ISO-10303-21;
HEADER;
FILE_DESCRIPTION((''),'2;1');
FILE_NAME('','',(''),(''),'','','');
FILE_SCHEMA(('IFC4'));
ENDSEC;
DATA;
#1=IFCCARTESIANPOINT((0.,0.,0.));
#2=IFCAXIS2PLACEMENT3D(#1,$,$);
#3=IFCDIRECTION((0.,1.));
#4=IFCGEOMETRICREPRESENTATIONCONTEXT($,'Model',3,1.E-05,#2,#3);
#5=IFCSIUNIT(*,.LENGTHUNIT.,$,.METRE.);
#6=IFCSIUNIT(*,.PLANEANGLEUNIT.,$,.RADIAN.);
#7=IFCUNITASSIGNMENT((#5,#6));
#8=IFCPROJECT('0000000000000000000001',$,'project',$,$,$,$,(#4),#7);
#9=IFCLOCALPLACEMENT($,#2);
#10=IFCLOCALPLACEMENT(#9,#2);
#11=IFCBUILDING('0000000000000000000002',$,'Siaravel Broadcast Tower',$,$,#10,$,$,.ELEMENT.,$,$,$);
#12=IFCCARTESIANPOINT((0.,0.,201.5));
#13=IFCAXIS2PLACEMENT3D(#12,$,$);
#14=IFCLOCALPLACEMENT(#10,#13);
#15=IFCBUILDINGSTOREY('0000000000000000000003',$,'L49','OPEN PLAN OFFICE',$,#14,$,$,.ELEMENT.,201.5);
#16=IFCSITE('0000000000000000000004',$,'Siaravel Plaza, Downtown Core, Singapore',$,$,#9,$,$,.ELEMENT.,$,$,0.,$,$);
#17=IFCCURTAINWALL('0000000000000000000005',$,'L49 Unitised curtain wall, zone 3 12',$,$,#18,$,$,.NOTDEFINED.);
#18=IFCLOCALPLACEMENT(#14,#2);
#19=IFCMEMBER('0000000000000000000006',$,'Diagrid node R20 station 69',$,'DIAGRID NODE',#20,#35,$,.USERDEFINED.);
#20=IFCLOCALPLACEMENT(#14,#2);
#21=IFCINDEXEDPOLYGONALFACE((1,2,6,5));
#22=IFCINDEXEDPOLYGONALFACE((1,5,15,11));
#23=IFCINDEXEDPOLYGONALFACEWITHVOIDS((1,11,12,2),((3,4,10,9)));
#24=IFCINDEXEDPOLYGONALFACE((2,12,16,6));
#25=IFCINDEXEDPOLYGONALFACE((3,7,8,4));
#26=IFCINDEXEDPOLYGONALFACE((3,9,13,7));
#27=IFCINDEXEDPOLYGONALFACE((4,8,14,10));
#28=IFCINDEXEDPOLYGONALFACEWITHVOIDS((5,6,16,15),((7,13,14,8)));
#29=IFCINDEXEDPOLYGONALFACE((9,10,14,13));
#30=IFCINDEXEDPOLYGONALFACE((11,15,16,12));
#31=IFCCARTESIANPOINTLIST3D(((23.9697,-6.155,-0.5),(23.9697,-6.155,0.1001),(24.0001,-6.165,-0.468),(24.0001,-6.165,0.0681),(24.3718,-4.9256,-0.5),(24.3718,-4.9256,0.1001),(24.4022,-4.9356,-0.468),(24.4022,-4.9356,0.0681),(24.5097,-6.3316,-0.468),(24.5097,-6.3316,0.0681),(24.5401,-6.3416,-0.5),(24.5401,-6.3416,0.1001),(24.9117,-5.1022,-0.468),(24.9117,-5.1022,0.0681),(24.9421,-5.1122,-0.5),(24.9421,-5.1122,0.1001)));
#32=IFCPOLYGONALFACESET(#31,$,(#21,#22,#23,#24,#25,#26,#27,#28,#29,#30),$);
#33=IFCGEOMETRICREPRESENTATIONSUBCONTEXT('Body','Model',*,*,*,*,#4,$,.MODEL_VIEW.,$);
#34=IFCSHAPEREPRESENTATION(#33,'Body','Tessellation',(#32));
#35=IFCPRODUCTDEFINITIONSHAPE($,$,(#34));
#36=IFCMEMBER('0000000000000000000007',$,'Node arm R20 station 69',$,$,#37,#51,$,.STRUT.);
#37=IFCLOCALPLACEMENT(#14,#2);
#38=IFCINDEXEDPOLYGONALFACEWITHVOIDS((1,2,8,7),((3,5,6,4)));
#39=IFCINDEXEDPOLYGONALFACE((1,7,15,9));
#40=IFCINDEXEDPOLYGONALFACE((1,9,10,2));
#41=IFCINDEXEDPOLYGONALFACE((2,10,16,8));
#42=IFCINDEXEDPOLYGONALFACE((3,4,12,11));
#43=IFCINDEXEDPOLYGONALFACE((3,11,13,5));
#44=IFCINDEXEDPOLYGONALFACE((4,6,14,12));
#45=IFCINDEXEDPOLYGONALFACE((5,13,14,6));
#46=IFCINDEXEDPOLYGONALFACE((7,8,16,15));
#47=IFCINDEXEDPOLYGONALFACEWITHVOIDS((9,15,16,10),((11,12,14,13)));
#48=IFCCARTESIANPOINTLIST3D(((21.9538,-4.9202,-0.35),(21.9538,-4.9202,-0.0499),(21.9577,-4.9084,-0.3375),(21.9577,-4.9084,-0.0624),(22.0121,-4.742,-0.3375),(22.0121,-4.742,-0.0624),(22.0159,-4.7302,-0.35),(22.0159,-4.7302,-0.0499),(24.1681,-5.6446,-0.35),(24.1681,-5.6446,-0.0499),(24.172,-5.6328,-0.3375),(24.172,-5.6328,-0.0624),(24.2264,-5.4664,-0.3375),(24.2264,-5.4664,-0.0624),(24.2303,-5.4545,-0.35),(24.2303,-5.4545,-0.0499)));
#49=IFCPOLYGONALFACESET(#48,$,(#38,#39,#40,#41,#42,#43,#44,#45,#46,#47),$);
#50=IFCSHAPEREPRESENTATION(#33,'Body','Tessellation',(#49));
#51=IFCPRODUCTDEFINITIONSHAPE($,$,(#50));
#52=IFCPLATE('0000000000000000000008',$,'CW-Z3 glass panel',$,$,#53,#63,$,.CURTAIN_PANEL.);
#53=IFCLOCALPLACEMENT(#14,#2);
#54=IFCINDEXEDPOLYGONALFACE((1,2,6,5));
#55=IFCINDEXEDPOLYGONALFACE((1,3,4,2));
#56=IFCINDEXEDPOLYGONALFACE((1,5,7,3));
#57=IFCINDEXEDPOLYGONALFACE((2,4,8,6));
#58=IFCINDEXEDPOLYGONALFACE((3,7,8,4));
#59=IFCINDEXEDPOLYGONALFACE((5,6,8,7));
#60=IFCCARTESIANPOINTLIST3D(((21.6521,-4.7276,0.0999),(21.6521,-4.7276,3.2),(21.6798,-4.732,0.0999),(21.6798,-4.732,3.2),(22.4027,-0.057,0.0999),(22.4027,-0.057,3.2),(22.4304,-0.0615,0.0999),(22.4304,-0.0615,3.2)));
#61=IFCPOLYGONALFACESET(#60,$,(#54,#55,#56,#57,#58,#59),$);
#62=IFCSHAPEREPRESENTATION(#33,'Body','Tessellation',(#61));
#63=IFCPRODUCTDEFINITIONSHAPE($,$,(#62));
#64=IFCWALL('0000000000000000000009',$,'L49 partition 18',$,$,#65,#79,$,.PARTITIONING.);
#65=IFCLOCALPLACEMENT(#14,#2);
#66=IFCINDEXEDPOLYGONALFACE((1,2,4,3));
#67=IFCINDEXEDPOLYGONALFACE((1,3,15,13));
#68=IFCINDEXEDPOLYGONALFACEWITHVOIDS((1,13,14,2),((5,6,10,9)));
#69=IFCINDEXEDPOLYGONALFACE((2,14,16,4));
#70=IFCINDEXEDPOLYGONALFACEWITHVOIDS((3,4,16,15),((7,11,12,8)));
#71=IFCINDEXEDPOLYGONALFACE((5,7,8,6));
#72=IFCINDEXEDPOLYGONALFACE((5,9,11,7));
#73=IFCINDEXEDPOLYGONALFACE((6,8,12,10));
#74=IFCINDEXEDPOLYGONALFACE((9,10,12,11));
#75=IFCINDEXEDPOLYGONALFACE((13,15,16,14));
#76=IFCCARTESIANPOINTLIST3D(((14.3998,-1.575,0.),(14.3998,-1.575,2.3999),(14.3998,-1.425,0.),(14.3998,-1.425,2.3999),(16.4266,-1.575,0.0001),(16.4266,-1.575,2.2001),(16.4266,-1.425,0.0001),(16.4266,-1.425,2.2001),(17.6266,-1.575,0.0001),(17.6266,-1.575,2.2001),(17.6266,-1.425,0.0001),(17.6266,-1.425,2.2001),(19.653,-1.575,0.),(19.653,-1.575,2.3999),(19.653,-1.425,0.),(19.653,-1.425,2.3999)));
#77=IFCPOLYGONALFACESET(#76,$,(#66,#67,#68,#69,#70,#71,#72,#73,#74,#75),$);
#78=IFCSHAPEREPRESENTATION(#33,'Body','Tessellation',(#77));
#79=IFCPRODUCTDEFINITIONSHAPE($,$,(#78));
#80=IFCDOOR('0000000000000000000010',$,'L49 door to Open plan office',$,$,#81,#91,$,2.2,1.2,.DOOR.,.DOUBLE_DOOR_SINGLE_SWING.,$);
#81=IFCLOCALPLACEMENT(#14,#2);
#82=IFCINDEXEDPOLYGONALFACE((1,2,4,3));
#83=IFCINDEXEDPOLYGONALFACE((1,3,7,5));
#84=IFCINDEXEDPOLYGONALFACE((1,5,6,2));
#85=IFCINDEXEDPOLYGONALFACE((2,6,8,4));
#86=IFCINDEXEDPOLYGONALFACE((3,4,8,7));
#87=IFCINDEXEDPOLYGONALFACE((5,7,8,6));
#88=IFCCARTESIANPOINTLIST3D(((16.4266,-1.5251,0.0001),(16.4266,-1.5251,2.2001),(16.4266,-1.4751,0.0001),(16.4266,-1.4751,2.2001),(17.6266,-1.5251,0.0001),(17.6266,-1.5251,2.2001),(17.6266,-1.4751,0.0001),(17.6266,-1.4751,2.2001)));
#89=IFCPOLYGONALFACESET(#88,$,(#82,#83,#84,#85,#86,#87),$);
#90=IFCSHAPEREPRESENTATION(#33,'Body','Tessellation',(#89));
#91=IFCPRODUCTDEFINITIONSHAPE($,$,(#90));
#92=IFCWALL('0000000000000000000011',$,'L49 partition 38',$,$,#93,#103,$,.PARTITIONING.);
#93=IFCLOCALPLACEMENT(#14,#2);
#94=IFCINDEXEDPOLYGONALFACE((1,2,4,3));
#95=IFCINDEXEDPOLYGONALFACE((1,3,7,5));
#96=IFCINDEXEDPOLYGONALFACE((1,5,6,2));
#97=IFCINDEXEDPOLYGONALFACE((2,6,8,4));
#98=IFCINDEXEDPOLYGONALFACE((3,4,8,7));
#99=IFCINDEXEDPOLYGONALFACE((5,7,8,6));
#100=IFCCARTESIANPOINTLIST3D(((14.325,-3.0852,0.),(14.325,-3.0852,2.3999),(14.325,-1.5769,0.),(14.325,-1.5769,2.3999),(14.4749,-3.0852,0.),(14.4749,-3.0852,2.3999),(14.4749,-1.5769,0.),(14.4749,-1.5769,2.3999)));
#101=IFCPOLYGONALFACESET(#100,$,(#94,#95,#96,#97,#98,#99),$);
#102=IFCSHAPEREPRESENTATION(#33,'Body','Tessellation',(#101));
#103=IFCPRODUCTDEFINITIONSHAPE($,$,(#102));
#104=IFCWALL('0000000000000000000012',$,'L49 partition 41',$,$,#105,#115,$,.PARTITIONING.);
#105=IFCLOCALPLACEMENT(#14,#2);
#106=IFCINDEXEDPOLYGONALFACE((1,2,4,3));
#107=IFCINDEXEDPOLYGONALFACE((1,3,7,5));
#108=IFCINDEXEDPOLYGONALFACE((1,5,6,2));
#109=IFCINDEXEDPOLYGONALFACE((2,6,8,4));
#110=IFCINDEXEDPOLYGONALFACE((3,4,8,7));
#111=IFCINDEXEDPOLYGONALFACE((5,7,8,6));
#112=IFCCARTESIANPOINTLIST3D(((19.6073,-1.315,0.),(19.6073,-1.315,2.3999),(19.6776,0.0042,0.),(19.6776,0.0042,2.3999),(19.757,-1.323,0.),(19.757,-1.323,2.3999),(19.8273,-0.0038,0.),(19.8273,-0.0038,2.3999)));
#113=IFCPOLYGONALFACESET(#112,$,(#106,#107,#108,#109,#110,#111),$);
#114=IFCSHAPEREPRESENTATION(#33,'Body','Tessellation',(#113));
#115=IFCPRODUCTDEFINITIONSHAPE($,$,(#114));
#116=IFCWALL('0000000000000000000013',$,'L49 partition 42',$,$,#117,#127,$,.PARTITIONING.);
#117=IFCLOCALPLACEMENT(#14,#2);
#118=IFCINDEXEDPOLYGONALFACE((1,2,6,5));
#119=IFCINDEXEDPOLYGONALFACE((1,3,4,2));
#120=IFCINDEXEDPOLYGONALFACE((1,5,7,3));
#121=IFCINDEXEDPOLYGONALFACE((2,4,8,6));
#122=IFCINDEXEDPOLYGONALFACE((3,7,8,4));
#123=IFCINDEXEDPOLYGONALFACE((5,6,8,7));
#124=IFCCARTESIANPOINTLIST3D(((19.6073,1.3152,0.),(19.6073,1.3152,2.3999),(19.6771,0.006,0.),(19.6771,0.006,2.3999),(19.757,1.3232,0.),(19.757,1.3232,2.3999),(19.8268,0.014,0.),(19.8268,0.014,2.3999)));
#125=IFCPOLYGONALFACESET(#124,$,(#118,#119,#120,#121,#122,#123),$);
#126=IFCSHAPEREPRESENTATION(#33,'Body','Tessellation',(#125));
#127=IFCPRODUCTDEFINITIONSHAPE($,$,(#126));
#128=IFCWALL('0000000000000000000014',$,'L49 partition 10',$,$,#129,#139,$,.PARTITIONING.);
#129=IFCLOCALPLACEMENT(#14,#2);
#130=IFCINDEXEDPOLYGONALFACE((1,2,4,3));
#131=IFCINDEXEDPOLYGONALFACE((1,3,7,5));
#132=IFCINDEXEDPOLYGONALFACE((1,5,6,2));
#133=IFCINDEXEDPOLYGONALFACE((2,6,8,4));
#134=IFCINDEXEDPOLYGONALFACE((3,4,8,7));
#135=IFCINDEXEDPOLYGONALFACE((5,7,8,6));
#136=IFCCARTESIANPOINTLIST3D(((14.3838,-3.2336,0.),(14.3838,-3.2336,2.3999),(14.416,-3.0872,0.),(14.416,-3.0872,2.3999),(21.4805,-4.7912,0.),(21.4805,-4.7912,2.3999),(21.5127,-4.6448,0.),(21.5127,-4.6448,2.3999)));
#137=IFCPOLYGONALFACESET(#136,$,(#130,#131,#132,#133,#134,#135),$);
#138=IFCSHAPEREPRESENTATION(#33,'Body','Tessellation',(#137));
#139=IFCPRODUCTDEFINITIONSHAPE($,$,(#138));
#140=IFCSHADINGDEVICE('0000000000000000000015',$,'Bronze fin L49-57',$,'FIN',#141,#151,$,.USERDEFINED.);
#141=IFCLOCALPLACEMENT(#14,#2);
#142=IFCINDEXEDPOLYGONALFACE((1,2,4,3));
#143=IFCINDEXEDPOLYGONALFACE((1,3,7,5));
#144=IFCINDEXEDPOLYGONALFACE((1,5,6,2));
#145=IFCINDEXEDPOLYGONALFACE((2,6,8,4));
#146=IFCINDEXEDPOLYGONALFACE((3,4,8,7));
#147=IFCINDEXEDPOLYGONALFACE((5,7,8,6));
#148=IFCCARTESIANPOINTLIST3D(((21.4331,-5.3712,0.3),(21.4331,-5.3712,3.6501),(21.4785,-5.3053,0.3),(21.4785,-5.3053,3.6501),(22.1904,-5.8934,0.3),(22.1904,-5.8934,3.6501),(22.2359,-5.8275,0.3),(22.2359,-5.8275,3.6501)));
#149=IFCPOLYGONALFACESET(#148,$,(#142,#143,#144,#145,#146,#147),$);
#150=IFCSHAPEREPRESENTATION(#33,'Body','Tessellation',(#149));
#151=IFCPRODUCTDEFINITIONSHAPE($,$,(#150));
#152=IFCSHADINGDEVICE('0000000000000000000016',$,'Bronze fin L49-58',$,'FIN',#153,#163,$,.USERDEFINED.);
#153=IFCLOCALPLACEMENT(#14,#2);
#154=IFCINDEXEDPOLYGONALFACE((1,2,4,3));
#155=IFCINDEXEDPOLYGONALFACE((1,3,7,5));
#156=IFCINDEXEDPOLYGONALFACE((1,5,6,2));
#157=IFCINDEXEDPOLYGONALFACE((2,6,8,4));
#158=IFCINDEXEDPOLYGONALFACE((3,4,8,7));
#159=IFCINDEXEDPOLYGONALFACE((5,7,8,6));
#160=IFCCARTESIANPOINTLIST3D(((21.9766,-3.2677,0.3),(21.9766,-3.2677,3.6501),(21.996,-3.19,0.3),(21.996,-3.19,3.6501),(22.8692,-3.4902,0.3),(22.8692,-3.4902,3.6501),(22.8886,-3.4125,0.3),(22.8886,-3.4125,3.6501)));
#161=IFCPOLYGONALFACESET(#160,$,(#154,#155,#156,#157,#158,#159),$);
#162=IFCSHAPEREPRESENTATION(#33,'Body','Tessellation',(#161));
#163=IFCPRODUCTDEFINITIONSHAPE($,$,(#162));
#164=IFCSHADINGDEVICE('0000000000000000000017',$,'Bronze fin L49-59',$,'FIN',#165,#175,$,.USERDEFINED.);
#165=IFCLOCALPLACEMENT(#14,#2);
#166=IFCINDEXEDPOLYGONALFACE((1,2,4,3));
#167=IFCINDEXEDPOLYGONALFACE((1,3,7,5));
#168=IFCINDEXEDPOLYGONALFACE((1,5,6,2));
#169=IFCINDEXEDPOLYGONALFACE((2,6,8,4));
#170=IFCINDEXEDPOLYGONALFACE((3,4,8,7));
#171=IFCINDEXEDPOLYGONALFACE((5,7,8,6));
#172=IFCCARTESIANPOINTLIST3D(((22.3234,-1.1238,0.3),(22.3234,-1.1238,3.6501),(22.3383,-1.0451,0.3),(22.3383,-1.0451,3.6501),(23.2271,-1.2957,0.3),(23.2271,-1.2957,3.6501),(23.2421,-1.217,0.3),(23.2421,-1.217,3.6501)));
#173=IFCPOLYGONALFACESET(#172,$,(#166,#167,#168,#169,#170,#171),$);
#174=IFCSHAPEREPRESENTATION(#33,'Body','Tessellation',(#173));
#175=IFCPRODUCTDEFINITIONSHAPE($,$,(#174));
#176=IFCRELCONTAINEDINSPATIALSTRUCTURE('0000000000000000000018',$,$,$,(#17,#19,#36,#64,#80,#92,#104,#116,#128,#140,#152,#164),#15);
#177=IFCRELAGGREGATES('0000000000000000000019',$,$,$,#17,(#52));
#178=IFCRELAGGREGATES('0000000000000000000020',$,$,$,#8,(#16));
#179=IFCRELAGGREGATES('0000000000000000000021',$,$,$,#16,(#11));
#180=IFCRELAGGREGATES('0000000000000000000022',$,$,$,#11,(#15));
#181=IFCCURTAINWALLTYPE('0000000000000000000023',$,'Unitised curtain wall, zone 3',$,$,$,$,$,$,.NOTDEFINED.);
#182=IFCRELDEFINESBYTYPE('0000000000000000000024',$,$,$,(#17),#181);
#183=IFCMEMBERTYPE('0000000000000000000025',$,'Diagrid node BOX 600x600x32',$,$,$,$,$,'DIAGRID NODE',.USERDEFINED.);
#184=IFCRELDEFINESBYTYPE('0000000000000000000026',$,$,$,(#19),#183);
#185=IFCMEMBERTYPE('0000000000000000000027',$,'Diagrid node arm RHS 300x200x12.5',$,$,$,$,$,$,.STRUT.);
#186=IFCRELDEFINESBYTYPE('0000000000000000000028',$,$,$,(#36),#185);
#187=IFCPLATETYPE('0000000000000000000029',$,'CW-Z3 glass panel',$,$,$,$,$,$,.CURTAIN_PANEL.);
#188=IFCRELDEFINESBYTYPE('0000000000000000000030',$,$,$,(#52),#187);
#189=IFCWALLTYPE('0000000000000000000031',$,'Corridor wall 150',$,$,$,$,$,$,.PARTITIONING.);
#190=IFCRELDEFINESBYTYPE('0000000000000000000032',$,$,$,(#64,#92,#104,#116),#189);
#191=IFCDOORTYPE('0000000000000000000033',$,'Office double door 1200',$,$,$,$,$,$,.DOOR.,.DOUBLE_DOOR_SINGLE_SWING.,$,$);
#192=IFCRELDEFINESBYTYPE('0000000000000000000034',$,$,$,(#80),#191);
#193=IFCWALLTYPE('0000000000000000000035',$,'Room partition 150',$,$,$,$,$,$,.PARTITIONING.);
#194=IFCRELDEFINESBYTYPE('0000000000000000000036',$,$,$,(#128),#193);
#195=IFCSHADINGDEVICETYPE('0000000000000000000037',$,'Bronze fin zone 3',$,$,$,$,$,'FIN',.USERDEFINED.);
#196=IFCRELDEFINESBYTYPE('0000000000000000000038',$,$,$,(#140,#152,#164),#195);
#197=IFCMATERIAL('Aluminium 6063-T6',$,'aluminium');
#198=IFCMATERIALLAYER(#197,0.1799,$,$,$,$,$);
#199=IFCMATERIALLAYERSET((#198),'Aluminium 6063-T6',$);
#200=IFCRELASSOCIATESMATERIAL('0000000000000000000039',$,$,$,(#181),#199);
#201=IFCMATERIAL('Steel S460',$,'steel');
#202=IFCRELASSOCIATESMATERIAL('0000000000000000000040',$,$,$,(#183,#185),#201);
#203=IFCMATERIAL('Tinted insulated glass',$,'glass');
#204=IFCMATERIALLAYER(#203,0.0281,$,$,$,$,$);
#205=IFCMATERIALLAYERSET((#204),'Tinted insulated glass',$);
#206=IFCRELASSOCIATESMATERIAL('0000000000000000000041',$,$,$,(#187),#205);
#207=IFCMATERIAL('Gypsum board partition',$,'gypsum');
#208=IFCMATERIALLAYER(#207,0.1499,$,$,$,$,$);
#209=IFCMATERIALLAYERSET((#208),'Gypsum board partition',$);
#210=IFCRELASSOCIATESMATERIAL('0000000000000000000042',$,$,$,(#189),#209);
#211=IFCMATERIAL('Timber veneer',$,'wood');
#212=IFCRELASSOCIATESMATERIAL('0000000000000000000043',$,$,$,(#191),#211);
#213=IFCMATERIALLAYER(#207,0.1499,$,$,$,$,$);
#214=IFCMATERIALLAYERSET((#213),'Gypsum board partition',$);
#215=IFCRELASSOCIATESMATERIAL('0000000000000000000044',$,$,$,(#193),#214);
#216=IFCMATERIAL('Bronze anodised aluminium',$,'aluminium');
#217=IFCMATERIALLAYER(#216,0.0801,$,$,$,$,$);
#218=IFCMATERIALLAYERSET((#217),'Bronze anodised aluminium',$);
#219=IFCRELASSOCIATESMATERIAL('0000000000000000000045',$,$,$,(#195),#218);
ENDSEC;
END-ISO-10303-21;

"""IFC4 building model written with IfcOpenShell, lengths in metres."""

from ifc_helpers import new_model, si_unit, direction, frame, frame_2d, origin, origin_2d, place, context, subcontext, project, spatial, rectangle, hollow_rectangle, extrude, material, layer, layer_set, material_profile, profile_set, type_object, element, fill, aggregate, save


model = new_model("IFC4")

# Units and contexts
model_context = context("Model", 3, precision=1e-05, world=origin(), true_north=direction((0.0, 1.0)))
body_context = subcontext(model_context, "Body", "Model", "MODEL_VIEW")
ifc_project = project(units=[si_unit("LENGTHUNIT", "METRE"), si_unit("PLANEANGLEUNIT", "RADIAN")], contexts=[model_context])

# Site, building, storey
site_placement = place(None, origin())
site = spatial("IfcSite", under=ifc_project, at=site_placement, Name="Siaravel Plaza, Downtown Core, Singapore", CompositionType="ELEMENT", RefElevation=0.0)
building_placement = place(site_placement, origin())
building = spatial("IfcBuilding", under=site, at=building_placement, Name="Siaravel Broadcast Tower", CompositionType="ELEMENT")
storey_placement = place(building_placement, frame((0.0, 0.0, 201.5)))
storey = spatial("IfcBuildingStorey", under=building, at=storey_placement, Name="L49", Description="OPEN PLAN OFFICE", CompositionType="ELEMENT", Elevation=201.5)

# Shared definitions
ifc_material_1 = material(Name="Aluminium 6063-T6", Category="aluminium")
ifc_layer_1 = layer(ifc_material_1, 0.1799)
ifc_layer_set_1 = layer_set([ifc_layer_1], Name="Aluminium 6063-T6")
curtain_wall_type = type_object("IfcCurtainWallType", Name="Unitised curtain wall, zone 3", PredefinedType="NOTDEFINED", material=ifc_layer_set_1)

# Curtain wall
curtain_wall_1_placement = place(storey_placement, origin())
curtain_wall_1 = element("IfcCurtainWall", 1, at=curtain_wall_1_placement, inside=storey, type_object=curtain_wall_type, Name="L49 Unitised curtain wall, zone 3 12", PredefinedType="NOTDEFINED")

# Members
ifc_material_2 = material(Name="Steel S460", Category="steel")
ifc_material_profile_1 = material_profile(ifc_material_2, hollow_rectangle(XDim=0.6001, YDim=0.6001, WallThickness=0.032, at=origin_2d()))
ifc_profile_set_1 = profile_set([ifc_material_profile_1], Name="Steel S460")
member_type_1 = type_object("IfcMemberType", Name="Diagrid node BOX 600x600x32", ElementType="DIAGRID NODE", PredefinedType="USERDEFINED", material=ifc_profile_set_1)
member_1_placement = place(storey_placement, frame((24.2549, -6.2483, -0.2), z_axis=(0.310844, 0.950461, 0.0), x_axis=(-0.950461, 0.310844, 0.0)))
element("IfcMember", 2, at=member_1_placement, inside=storey, type_object=member_type_1, Name="Diagrid node R20 station 69", ObjectType="DIAGRID NODE", PredefinedType="USERDEFINED", context=body_context, shape_type="SweptSolid", body=[
    extrude(hollow_rectangle(XDim=0.6001, YDim=0.6001, WallThickness=0.032, at=origin_2d()), origin(), (0.0, 0.0, 1.0), 1.2935),
])
ifc_material_profile_2 = material_profile(ifc_material_2, hollow_rectangle(XDim=0.2, YDim=0.3, WallThickness=0.0125, at=origin_2d()))
ifc_profile_set_2 = profile_set([ifc_material_profile_2], Name="Steel S460")
member_type_2 = type_object("IfcMemberType", Name="Diagrid node arm RHS 300x200x12.5", PredefinedType="STRUT", material=ifc_profile_set_2)
member_2_placement = place(storey_placement, frame((21.9849, -4.8252, -0.2), z_axis=(0.950439, -0.31091, 0.0), x_axis=(0.31091, 0.950439, 0.0)))
element("IfcMember", 3, at=member_2_placement, inside=storey, type_object=member_type_2, Name="Node arm R20 station 69", PredefinedType="STRUT", context=body_context, shape_type="SweptSolid", body=[
    extrude(hollow_rectangle(XDim=0.2, YDim=0.3, WallThickness=0.0125, at=origin_2d()), origin(), (0.0, 0.0, 1.0), 2.3298),
])

# Plate
ifc_material_3 = material(Name="Tinted insulated glass", Category="glass")
ifc_layer_2 = layer(ifc_material_3, 0.0281)
ifc_layer_set_2 = layer_set([ifc_layer_2], Name="Tinted insulated glass")
plate_type = type_object("IfcPlateType", Name="CW-Z3 glass panel", PredefinedType="CURTAIN_PANEL", material=ifc_layer_set_2)
plate_placement = place(storey_placement, frame((22.0413, -2.3945, 0.0999), z_axis=(0.0, 0.0, 1.0), x_axis=(0.158685, 0.987329, 0.0)))
plate = element("IfcPlate", 4, at=plate_placement, type_object=plate_type, Name="CW-Z3 glass panel", PredefinedType="CURTAIN_PANEL", context=body_context, shape_type="SweptSolid", body=[
    extrude(rectangle(XDim=4.7305, YDim=0.0281, at=origin_2d()), origin(), (0.0, 0.0, 1.0), 3.1001),
])
aggregate(curtain_wall_1, [plate])

# Wall, opening, door
ifc_material_4 = material(Name="Gypsum board partition", Category="gypsum")
ifc_layer_3 = layer(ifc_material_4, 0.1499)
ifc_layer_set_3 = layer_set([ifc_layer_3], Name="Gypsum board partition")
wall_type_1 = type_object("IfcWallType", Name="Corridor wall 150", PredefinedType="PARTITIONING", material=ifc_layer_set_3)
wall_1_placement = place(storey_placement, frame((14.3999, -1.5, 0.0), z_axis=(0.0, 0.0, 1.0), x_axis=(1.0, 0.0, 0.0)))
wall_1 = element("IfcWall", 5, at=wall_1_placement, inside=storey, type_object=wall_type_1, Name="L49 partition 18", PredefinedType="PARTITIONING", context=body_context, shape_type="SweptSolid", body=[
    extrude(rectangle(XDim=5.2532, YDim=0.1499, at=frame_2d((2.6265, 0.0))), origin(), (0.0, 0.0, 1.0), 2.3999),
])
opening_placement = place(wall_1_placement, frame((2.0266, 0.0, 0.0)))
opening = element("IfcOpeningElement", 6, at=opening_placement, cuts=wall_1, PredefinedType="OPENING", context=body_context, shape_type="SweptSolid", body=[
    extrude(rectangle(XDim=1.2, YDim=2.2, at=frame_2d((0.6001, 1.1001))), frame((0.0, 0.085, 0.0), z_axis=(0.0, -1.0, 0.0), x_axis=(1.0, 0.0, 0.0)), (0.0, 0.0, 1.0), 0.1699),
])
ifc_material_5 = material(Name="Timber veneer", Category="wood")
door_type = type_object("IfcDoorType", Name="Office double door 1200", OperationType="DOUBLE_DOOR_SINGLE_SWING", PredefinedType="DOOR", material=ifc_material_5)
door_placement = place(opening_placement, origin())
door = element("IfcDoor", 7, at=door_placement, inside=storey, type_object=door_type, Name="L49 door to Open plan office", OperationType="DOUBLE_DOOR_SINGLE_SWING", OverallHeight=2.2, OverallWidth=1.2, PredefinedType="DOOR", context=body_context, shape_type="SweptSolid", body=[
    extrude(rectangle(XDim=1.2, YDim=2.2, at=frame_2d((0.6001, 1.1001))), frame((0.0, 0.0249, 0.0), z_axis=(0.0, -1.0, 0.0), x_axis=(1.0, 0.0, 0.0)), (0.0, 0.0, 1.0), 0.05),
])
fill(opening, door)

# Walls
wall_2_placement = place(storey_placement, frame((14.3999, -3.0852, 0.0), z_axis=(0.0, 0.0, 1.0), x_axis=(0.0, 1.0, 0.0)))
element("IfcWall", 8, at=wall_2_placement, inside=storey, type_object=wall_type_1, Name="L49 partition 38", PredefinedType="PARTITIONING", context=body_context, shape_type="SweptSolid", body=[
    extrude(rectangle(XDim=1.5083, YDim=0.1499, at=frame_2d((0.7542, 0.0))), origin(), (0.0, 0.0, 1.0), 2.3999),
])
wall_3_placement = place(storey_placement, frame((19.6821, -1.3191, 0.0), z_axis=(0.0, 0.0, 1.0), x_axis=(0.053228, 0.998582, 0.0)))
element("IfcWall", 9, at=wall_3_placement, inside=storey, type_object=wall_type_1, Name="L49 partition 41", PredefinedType="PARTITIONING", context=body_context, shape_type="SweptSolid", body=[
    extrude(rectangle(XDim=1.321, YDim=0.1499, at=frame_2d((0.6606, 0.0))), origin(), (0.0, 0.0, 1.0), 2.3999),
])
wall_4_placement = place(storey_placement, frame((19.752, 0.01, 0.0), z_axis=(0.0, 0.0, 1.0), x_axis=(-0.053263, 0.998581, 0.0)))
element("IfcWall", 10, at=wall_4_placement, inside=storey, type_object=wall_type_1, Name="L49 partition 42", PredefinedType="PARTITIONING", context=body_context, shape_type="SweptSolid", body=[
    extrude(rectangle(XDim=1.311, YDim=0.1499, at=frame_2d((0.6555, 0.0))), origin(), (0.0, 0.0, 1.0), 2.3999),
])
ifc_layer_4 = layer(ifc_material_4, 0.1499)
ifc_layer_set_4 = layer_set([ifc_layer_4], Name="Gypsum board partition")
wall_type_2 = type_object("IfcWallType", Name="Room partition 150", PredefinedType="PARTITIONING", material=ifc_layer_set_4)
wall_5_placement = place(storey_placement, frame((21.4966, -4.718, 0.0), z_axis=(0.0, 0.0, 1.0), x_axis=(-0.97675, 0.214382, 0.0)))
element("IfcWall", 11, at=wall_5_placement, inside=storey, type_object=wall_type_2, Name="L49 partition 10", PredefinedType="PARTITIONING", context=body_context, shape_type="SweptSolid", body=[
    extrude(rectangle(XDim=7.2656, YDim=0.1499, at=frame_2d((3.6328, 0.0))), origin(), (0.0, 0.0, 1.0), 2.3999),
])

# Shading devices
ifc_material_6 = material(Name="Bronze anodised aluminium", Category="aluminium")
ifc_layer_5 = layer(ifc_material_6, 0.0801)
ifc_layer_set_5 = layer_set([ifc_layer_5], Name="Bronze anodised aluminium")
shading_device_type = type_object("IfcShadingDeviceType", Name="Bronze fin zone 3", ElementType="FIN", PredefinedType="USERDEFINED", material=ifc_layer_set_5)
for number, where, z_axis, x_axis, name in (
    (12, (21.8345, -5.5994, 0.3), (0.0, 0.0, 1.0), (0.823243, -0.567689, 0.0), "Bronze fin L49-57"),
    (13, (22.4326, -3.3401, 0.3), (0.0, 0.0, 1.0), (0.970326, -0.241802, 0.0), "Bronze fin L49-58"),
    (14, (22.7827, -1.1704, 0.3), (0.0, 0.0, 1.0), (0.982379, -0.186898, 0.0), "Bronze fin L49-59"),
):
    element("IfcShadingDevice", number, at=place(storey_placement, frame(where, z_axis=z_axis, x_axis=x_axis)), inside=storey, type_object=shading_device_type, Name=name, ObjectType="FIN", PredefinedType="USERDEFINED", context=body_context, shape_type="SweptSolid", body=[
        extrude(rectangle(XDim=0.9199, YDim=0.0801, at=origin_2d()), origin(), (0.0, 0.0, 1.0), 3.3501),
    ])

save(model, "model.ifc")
